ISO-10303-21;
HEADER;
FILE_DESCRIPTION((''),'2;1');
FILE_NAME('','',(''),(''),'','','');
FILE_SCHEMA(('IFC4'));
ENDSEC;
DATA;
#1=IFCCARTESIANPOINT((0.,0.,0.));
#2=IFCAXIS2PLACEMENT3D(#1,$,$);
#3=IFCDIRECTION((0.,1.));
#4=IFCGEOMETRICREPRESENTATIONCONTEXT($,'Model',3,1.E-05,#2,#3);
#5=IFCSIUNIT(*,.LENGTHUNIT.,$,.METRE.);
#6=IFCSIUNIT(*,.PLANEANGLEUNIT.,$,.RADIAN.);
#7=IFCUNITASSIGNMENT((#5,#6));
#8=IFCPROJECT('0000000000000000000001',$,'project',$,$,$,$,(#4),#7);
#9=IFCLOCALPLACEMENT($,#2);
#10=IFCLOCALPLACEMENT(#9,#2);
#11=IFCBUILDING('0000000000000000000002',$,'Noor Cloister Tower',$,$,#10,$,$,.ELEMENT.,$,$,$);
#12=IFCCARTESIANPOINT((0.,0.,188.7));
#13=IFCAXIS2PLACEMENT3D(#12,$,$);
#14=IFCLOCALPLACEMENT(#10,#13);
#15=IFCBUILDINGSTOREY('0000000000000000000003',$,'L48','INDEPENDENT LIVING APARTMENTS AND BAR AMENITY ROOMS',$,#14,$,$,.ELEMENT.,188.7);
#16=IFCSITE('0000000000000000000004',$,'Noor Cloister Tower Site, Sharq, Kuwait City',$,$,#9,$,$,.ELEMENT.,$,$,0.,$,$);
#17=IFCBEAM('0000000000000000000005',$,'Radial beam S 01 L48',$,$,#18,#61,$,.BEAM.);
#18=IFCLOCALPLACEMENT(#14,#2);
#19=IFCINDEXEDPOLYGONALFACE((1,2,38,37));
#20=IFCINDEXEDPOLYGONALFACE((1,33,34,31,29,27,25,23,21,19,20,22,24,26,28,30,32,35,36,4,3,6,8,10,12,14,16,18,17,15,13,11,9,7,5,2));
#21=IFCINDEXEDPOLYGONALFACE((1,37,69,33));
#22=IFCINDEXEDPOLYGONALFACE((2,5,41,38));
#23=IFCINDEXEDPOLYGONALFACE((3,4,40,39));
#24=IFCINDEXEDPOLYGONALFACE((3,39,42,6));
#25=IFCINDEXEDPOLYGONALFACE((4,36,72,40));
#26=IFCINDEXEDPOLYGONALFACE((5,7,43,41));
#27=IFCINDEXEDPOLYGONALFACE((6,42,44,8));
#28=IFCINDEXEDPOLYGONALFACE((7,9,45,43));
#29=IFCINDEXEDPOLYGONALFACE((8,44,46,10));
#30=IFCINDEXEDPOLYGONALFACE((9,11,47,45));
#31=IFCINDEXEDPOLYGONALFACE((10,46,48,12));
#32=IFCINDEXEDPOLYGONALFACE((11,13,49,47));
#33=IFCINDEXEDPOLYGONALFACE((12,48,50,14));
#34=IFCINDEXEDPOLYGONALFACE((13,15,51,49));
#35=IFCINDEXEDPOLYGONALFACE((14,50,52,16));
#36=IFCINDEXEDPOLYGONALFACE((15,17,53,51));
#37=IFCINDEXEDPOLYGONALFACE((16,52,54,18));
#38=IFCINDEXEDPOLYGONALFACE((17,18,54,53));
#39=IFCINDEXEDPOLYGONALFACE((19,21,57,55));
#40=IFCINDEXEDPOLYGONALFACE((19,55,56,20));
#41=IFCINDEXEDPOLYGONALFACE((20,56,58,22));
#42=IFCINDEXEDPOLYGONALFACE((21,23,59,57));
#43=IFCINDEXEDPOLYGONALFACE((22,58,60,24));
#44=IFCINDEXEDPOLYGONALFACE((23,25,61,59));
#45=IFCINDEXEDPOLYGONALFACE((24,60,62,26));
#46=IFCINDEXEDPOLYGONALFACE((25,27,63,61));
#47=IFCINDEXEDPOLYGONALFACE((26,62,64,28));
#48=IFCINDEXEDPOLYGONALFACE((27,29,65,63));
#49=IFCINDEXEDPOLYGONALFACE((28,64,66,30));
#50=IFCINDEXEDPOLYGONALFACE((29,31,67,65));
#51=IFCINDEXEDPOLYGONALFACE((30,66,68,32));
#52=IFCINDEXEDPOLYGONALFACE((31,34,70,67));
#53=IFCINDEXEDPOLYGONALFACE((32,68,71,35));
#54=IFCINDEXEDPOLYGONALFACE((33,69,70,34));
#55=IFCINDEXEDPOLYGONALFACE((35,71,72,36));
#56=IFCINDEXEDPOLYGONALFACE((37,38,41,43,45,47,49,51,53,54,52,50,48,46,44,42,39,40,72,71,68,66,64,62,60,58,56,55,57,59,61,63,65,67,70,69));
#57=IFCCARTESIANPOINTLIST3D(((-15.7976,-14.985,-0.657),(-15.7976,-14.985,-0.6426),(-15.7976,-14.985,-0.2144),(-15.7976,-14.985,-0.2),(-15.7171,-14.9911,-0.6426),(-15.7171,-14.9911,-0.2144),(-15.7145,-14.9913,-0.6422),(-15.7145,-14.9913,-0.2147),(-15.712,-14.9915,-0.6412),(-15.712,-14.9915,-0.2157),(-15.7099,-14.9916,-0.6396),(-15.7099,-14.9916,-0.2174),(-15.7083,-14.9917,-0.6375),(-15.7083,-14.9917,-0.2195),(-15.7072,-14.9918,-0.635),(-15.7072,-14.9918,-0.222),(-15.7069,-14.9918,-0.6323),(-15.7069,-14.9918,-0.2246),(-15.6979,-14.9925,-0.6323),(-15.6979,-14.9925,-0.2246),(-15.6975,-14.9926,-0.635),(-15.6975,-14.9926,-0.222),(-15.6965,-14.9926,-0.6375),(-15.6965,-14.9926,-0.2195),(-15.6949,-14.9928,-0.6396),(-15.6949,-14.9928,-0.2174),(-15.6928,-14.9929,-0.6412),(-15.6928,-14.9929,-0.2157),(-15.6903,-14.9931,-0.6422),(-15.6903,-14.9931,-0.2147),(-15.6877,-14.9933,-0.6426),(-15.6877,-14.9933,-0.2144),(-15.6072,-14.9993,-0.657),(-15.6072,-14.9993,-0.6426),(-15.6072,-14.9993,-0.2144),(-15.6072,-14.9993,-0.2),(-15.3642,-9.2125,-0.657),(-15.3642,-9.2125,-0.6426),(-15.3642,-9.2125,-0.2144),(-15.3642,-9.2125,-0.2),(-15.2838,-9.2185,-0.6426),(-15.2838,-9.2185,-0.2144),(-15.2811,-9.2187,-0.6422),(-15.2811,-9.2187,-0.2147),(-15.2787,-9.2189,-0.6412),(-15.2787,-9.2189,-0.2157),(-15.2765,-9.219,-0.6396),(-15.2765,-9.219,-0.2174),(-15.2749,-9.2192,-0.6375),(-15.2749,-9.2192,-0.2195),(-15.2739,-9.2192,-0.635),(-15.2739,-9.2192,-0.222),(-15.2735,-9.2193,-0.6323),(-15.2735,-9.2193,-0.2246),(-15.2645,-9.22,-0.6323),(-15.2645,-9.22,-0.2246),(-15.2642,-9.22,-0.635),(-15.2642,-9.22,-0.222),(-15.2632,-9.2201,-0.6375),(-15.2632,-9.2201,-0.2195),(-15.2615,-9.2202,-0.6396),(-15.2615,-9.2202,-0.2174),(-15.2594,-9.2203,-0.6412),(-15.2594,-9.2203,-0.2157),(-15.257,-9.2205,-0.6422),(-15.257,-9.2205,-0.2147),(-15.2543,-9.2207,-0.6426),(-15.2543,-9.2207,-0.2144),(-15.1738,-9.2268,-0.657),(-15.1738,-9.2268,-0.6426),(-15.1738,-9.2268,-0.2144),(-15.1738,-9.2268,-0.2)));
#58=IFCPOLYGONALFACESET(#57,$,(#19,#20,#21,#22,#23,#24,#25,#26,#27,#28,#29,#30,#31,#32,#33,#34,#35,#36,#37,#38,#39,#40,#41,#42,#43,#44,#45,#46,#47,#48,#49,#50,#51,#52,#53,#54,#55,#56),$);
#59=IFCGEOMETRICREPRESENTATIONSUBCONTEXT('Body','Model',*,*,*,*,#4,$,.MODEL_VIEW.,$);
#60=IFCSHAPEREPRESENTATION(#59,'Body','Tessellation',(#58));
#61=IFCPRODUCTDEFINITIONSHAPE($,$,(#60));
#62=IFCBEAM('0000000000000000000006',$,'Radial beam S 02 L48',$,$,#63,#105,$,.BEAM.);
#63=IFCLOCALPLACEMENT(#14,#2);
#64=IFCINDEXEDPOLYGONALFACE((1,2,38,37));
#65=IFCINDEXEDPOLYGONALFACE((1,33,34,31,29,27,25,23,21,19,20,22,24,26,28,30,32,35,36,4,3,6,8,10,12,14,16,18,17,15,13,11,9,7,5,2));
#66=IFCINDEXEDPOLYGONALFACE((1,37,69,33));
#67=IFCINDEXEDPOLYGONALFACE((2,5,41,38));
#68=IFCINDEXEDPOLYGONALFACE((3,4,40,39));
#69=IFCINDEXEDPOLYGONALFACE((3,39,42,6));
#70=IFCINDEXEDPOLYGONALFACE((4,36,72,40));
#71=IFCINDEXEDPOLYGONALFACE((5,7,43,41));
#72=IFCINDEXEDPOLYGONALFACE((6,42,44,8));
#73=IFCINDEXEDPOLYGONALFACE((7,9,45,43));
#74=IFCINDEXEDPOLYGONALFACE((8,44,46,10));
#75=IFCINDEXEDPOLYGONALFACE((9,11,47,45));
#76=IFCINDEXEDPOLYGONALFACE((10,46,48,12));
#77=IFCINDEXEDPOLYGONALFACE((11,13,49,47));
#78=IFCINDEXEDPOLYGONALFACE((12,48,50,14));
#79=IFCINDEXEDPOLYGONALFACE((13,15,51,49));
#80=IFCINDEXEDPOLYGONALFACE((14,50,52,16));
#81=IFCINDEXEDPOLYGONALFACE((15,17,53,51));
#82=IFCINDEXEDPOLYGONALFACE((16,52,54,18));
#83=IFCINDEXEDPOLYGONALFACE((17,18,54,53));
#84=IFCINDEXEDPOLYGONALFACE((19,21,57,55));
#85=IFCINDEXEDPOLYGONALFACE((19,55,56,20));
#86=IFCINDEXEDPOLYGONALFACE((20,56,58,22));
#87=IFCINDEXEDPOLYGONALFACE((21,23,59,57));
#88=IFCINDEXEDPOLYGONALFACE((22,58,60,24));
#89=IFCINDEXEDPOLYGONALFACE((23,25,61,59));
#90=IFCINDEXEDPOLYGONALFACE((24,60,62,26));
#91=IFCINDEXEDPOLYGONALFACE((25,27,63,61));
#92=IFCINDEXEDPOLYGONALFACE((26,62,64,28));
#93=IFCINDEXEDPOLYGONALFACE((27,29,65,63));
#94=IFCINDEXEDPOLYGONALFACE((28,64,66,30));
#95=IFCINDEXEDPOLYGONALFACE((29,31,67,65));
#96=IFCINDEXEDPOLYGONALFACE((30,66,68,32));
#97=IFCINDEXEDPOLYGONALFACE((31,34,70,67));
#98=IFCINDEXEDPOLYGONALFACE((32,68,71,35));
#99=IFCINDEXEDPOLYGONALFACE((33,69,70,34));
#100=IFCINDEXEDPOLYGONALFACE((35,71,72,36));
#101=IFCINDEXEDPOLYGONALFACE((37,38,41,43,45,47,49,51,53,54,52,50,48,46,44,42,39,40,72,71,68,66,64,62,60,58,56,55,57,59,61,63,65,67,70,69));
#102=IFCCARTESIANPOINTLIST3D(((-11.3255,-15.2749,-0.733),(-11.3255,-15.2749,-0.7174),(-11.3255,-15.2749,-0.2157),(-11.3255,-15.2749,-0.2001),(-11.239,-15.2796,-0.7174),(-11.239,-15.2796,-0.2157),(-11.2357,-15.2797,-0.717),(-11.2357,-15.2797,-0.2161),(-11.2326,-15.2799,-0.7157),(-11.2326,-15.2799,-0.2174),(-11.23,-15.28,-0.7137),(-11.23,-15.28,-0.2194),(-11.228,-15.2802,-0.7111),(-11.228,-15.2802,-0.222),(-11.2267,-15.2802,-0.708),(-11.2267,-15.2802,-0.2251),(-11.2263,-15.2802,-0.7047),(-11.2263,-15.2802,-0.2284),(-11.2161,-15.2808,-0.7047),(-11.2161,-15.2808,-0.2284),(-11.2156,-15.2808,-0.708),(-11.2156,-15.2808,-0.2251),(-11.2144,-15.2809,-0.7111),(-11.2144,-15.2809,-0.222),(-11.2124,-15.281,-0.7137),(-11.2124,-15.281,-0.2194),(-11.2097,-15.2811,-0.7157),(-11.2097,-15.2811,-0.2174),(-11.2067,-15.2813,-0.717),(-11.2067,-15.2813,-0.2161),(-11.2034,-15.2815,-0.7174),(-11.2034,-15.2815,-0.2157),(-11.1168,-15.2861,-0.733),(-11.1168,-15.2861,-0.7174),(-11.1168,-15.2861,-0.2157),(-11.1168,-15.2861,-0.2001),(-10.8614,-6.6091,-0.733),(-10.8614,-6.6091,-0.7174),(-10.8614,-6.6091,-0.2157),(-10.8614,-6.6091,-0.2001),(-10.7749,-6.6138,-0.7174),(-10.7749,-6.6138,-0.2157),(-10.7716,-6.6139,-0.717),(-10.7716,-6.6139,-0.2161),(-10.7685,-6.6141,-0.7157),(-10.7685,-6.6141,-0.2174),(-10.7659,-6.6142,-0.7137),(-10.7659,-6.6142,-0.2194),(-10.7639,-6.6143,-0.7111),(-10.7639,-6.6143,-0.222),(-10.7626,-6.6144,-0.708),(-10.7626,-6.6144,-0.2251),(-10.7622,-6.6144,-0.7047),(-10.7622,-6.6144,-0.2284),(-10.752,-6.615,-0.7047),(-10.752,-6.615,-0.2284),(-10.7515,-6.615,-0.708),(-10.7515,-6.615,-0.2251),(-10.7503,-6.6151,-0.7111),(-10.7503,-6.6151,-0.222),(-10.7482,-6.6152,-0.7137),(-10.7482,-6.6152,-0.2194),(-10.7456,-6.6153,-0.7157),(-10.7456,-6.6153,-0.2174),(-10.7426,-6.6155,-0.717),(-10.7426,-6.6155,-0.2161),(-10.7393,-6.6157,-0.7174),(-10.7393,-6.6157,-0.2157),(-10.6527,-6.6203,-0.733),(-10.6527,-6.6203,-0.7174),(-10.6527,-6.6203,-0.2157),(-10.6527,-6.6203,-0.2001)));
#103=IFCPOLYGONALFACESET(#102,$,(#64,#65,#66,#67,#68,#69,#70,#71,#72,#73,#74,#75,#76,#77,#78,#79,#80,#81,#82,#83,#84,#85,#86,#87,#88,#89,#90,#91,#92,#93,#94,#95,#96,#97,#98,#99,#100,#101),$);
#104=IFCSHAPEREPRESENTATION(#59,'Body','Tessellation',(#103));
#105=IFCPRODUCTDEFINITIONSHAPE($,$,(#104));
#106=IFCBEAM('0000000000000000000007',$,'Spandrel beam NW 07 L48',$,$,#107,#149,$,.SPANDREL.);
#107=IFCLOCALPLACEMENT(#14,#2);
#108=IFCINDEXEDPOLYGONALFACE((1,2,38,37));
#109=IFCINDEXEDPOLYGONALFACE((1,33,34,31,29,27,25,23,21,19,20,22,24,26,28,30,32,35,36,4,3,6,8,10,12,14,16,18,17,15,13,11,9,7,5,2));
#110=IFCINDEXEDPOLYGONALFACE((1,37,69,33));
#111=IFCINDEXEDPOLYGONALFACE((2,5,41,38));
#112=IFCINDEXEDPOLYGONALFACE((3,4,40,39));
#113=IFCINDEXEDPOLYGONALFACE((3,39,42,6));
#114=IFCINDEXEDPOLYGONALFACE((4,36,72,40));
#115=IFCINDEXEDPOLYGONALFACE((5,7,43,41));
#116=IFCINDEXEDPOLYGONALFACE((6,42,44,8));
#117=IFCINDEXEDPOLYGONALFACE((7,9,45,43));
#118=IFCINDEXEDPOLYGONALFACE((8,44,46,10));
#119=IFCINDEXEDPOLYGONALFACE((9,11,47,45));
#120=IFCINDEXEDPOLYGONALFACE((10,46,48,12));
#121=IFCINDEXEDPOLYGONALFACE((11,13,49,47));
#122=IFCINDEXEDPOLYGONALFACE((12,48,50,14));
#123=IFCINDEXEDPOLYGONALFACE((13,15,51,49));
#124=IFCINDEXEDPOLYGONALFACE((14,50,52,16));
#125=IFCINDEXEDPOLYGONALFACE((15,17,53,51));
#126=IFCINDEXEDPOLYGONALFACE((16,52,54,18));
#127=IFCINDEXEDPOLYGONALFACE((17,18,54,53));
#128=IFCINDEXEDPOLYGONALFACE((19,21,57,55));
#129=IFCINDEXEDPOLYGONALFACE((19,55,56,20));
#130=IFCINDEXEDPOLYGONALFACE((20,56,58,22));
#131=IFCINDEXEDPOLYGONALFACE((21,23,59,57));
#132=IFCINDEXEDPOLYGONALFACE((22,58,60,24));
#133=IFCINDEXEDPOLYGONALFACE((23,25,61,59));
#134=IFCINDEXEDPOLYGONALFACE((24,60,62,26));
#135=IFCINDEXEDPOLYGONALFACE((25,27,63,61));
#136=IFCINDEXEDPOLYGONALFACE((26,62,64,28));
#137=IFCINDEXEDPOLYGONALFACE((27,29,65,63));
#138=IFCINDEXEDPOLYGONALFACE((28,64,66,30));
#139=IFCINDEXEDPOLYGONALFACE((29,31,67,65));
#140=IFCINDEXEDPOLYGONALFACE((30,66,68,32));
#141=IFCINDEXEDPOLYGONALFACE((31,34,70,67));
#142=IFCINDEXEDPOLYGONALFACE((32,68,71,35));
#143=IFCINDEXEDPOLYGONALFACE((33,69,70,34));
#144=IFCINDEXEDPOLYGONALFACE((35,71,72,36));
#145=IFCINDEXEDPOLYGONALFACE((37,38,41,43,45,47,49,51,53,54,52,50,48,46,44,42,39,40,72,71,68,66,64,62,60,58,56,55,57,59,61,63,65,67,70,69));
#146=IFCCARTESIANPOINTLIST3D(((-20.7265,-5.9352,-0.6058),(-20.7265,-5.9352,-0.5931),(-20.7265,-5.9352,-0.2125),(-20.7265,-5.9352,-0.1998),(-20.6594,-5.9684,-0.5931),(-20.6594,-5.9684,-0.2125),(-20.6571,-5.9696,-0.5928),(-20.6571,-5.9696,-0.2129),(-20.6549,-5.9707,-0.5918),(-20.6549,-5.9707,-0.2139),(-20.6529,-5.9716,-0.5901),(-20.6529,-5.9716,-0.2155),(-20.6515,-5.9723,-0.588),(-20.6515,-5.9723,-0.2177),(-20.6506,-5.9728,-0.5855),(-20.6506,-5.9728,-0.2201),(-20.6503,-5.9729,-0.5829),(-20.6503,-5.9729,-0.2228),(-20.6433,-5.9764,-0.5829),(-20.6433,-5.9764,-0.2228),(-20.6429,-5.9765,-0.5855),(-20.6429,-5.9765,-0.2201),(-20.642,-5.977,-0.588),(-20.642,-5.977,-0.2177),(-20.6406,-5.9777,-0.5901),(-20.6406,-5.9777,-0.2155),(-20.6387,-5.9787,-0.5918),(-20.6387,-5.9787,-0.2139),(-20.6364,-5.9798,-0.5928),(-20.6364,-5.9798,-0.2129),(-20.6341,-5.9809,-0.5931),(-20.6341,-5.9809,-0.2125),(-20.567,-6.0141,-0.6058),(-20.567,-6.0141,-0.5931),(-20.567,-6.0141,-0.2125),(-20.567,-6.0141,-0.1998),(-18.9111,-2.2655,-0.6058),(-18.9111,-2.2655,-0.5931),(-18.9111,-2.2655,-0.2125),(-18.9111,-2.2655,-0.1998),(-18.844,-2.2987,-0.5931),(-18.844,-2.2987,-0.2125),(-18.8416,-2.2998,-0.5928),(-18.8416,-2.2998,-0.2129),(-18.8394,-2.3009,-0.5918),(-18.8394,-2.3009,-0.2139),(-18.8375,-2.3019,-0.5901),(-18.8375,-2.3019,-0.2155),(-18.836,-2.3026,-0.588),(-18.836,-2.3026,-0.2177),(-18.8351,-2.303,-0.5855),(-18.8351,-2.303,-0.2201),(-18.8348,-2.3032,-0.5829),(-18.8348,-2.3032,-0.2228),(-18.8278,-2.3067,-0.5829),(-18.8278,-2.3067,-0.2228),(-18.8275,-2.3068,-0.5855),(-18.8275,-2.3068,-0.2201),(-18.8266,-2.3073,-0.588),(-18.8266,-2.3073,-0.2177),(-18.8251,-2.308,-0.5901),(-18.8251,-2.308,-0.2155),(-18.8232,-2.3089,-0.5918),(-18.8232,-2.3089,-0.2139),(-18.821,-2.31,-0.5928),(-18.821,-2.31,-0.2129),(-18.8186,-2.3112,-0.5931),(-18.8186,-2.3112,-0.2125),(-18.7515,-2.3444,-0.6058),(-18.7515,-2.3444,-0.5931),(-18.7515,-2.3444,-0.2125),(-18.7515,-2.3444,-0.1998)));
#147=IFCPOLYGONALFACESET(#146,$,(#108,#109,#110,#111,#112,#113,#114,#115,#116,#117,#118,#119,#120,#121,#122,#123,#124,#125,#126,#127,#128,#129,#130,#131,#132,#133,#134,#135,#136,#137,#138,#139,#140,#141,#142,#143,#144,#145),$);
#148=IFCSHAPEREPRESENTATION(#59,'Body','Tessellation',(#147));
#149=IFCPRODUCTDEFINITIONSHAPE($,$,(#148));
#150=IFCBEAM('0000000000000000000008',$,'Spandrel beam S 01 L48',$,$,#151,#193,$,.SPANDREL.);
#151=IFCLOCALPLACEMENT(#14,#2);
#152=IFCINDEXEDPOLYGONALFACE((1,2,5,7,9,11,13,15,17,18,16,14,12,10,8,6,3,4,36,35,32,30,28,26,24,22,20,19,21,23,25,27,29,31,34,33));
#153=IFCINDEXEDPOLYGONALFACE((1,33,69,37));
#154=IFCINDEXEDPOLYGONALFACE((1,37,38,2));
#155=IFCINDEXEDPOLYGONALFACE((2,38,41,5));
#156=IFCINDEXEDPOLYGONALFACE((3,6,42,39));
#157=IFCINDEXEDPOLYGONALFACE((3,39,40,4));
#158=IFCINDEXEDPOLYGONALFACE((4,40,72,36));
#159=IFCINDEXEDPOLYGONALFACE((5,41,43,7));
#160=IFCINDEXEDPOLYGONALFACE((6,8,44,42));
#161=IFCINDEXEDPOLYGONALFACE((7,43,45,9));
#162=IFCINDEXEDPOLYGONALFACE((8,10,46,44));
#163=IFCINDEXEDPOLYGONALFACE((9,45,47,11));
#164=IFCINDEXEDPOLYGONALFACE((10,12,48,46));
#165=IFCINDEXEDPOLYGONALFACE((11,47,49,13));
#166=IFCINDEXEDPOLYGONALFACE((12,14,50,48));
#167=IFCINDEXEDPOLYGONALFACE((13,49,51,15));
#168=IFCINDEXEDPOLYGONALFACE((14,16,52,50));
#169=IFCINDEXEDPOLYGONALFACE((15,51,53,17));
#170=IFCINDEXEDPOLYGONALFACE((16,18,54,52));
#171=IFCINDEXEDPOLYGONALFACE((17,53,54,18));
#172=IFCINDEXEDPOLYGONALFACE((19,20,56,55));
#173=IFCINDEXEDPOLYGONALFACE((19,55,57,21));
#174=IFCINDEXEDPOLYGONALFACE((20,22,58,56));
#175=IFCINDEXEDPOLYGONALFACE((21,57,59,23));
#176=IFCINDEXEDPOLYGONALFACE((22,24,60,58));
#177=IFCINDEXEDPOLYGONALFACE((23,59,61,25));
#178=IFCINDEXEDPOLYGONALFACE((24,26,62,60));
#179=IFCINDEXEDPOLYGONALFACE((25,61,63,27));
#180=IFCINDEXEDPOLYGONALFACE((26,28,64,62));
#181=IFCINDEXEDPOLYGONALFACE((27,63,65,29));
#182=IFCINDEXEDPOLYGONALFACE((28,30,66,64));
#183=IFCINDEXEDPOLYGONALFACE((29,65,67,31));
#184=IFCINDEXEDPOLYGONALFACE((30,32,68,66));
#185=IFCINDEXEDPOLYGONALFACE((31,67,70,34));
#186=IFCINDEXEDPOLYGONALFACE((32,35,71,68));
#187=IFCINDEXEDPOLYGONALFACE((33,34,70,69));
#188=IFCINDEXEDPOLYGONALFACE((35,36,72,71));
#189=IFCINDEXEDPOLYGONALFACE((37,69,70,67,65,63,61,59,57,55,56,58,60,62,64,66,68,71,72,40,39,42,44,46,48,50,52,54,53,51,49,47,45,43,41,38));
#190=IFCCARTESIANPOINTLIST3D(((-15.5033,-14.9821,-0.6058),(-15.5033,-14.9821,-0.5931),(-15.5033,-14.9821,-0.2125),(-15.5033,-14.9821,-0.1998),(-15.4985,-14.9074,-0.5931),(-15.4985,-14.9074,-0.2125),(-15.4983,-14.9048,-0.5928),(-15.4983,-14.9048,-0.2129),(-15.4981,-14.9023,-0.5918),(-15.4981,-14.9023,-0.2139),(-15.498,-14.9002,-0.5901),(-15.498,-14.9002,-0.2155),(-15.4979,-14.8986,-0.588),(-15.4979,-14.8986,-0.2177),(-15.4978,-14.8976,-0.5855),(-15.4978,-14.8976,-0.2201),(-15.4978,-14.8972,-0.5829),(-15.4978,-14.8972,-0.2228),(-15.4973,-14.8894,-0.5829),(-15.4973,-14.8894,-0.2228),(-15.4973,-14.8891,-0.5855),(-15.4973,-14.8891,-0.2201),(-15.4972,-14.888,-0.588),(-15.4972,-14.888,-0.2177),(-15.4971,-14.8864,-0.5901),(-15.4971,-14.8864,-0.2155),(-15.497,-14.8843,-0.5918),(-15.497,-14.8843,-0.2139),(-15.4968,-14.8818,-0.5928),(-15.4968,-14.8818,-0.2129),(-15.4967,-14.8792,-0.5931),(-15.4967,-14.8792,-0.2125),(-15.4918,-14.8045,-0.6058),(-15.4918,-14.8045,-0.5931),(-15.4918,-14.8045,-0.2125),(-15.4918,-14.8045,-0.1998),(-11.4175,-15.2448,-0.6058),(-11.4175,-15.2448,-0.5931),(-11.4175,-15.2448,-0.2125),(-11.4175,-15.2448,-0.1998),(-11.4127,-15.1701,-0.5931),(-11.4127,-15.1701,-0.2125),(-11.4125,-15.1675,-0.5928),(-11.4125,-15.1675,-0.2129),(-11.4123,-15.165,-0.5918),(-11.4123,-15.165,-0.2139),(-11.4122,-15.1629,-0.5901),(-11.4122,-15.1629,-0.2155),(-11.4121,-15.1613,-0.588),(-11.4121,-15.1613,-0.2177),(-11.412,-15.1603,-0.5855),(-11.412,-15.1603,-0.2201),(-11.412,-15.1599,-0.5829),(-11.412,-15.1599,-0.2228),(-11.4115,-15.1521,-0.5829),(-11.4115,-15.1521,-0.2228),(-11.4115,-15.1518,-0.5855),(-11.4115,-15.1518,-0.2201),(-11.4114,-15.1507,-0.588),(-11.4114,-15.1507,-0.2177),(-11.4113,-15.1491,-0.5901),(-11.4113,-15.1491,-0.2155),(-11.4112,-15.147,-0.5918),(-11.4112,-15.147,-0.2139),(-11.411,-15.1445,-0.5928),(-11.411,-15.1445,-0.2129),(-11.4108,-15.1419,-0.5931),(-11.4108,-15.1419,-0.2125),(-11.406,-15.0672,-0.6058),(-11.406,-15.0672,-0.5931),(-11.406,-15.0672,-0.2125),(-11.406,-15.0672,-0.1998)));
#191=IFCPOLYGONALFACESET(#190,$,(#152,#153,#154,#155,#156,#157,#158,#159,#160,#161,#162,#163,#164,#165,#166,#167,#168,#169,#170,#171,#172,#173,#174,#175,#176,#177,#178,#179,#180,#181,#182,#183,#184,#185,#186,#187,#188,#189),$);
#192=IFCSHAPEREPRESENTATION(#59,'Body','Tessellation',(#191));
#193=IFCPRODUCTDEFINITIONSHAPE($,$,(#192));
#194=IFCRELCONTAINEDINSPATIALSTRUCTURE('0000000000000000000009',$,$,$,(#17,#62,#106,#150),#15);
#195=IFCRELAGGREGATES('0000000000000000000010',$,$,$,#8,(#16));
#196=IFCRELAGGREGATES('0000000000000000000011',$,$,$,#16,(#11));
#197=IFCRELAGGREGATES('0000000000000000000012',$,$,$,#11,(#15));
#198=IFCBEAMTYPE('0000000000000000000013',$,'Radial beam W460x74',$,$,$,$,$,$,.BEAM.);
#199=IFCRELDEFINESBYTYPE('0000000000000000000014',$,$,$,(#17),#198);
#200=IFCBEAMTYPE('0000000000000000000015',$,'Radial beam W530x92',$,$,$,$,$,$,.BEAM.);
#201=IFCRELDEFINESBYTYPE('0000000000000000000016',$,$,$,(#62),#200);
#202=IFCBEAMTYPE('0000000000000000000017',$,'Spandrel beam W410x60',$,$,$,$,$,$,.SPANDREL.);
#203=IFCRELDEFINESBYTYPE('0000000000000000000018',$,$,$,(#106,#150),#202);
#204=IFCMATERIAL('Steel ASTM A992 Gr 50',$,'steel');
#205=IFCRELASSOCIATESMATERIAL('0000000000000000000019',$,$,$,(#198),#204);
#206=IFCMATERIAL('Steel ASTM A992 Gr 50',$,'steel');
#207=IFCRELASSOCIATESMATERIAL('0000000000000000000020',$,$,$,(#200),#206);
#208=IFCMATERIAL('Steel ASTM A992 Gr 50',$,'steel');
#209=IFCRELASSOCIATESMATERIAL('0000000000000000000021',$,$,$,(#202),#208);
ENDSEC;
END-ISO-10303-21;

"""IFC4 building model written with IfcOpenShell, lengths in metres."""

from ifc_helpers import new_model, si_unit, direction, frame, origin, origin_2d, place, context, subcontext, project, spatial, i_section, extrude, material, material_profile, profile_set, type_object, element, save


model = new_model("IFC4")

# Units and contexts
model_context = context("Model", 3, precision=1e-05, world=origin(), true_north=direction((0.0, 1.0)))
body_context = subcontext(model_context, "Body", "Model", "MODEL_VIEW")
ifc_project = project(units=[si_unit("LENGTHUNIT", "METRE"), si_unit("PLANEANGLEUNIT", "RADIAN")], contexts=[model_context])

# Site, building, storey
site_placement = place(None, origin())
site = spatial("IfcSite", under=ifc_project, at=site_placement, Name="Noor Cloister Tower Site, Sharq, Kuwait City", CompositionType="ELEMENT", RefElevation=0.0)
building_placement = place(site_placement, origin())
building = spatial("IfcBuilding", under=site, at=building_placement, Name="Noor Cloister Tower", CompositionType="ELEMENT")
storey_placement = place(building_placement, frame((0.0, 0.0, 188.7)))
storey = spatial("IfcBuildingStorey", under=building, at=storey_placement, Name="L48", Description="INDEPENDENT LIVING APARTMENTS AND BAR AMENITY ROOMS", CompositionType="ELEMENT", Elevation=188.7)

# Beams
ifc_material_1 = material(Name="Steel ASTM A992 Gr 50", Category="steel")
ifc_material_profile_1 = material_profile(ifc_material_1, i_section(OverallWidth=0.1909, OverallDepth=0.457, WebThickness=0.009, FlangeThickness=0.0144, FilletRadius=0.0103, at=origin_2d()), Name="W460x74")
ifc_profile_set_1 = profile_set([ifc_material_profile_1], Name="Steel ASTM A992 Gr 50")
beam_type_1 = type_object("IfcBeamType", Name="Radial beam W460x74", PredefinedType="BEAM", material=ifc_profile_set_1)
beam_1_placement = place(storey_placement, frame((-15.7024, -14.9922, -0.4285), z_axis=(0.074861, 0.997194, 0.0), x_axis=(-0.997194, 0.074861, 0.0)))
element("IfcBeam", 1, at=beam_1_placement, inside=storey, type_object=beam_type_1, Name="Radial beam S 01 L48", PredefinedType="BEAM", context=body_context, shape_type="SweptSolid", body=[
    extrude(i_section(OverallWidth=0.1909, OverallDepth=0.457, WebThickness=0.009, FlangeThickness=0.0144, FilletRadius=0.0103, at=origin_2d()), origin(), (0.0, 0.0, 1.0), 5.7888),
])
ifc_material_2 = material(Name="Steel ASTM A992 Gr 50", Category="steel")
ifc_material_profile_2 = material_profile(ifc_material_2, i_section(OverallWidth=0.209, OverallDepth=0.533, WebThickness=0.0103, FlangeThickness=0.0156, FilletRadius=0.0127, at=origin_2d()), Name="W530x92")
ifc_profile_set_2 = profile_set([ifc_material_profile_2], Name="Steel ASTM A992 Gr 50")
beam_type_2 = type_object("IfcBeamType", Name="Radial beam W530x92", PredefinedType="BEAM", material=ifc_profile_set_2)
beam_2_placement = place(storey_placement, frame((-11.2212, -15.2805, -0.4666), z_axis=(0.05348, 0.998569, 0.0), x_axis=(-0.998569, 0.05348, 0.0)))
element("IfcBeam", 2, at=beam_2_placement, inside=storey, type_object=beam_type_2, Name="Radial beam S 02 L48", PredefinedType="BEAM", context=body_context, shape_type="SweptSolid", body=[
    extrude(i_section(OverallWidth=0.209, OverallDepth=0.533, WebThickness=0.0103, FlangeThickness=0.0156, FilletRadius=0.0127, at=origin_2d()), origin(), (0.0, 0.0, 1.0), 8.6782),
])
ifc_material_3 = material(Name="Steel ASTM A992 Gr 50", Category="steel")
ifc_material_profile_3 = material_profile(ifc_material_3, i_section(OverallWidth=0.178, OverallDepth=0.406, WebThickness=0.0078, FlangeThickness=0.0127, FilletRadius=0.0103, at=origin_2d()), Name="W410x60")
ifc_profile_set_3 = profile_set([ifc_material_profile_3], Name="Steel ASTM A992 Gr 50")
beam_type_3 = type_object("IfcBeamType", Name="Spandrel beam W410x60", PredefinedType="SPANDREL", material=ifc_profile_set_3)
for number, where, z_axis, x_axis, name in (
    (3, (-18.8313, -2.3049, -0.4028), (-0.443417, -0.896315, 0.0), (0.896315, -0.443417, 0.0), "Spandrel beam NW 07 L48"),
    (4, (-15.4976, -14.8933, -0.4028), (0.997939, -0.064164, 0.0), (0.064164, 0.997939, 0.0), "Spandrel beam S 01 L48"),
):
    element("IfcBeam", number, at=place(storey_placement, frame(where, z_axis=z_axis, x_axis=x_axis)), inside=storey, type_object=beam_type_3, Name=name, PredefinedType="SPANDREL", context=body_context, shape_type="SweptSolid", body=[
        extrude(i_section(OverallWidth=0.178, OverallDepth=0.406, WebThickness=0.0078, FlangeThickness=0.0127, FilletRadius=0.0103, at=origin_2d()), origin(), (0.0, 0.0, 1.0), 4.0942),
    ])

save(model, "model.ifc")
